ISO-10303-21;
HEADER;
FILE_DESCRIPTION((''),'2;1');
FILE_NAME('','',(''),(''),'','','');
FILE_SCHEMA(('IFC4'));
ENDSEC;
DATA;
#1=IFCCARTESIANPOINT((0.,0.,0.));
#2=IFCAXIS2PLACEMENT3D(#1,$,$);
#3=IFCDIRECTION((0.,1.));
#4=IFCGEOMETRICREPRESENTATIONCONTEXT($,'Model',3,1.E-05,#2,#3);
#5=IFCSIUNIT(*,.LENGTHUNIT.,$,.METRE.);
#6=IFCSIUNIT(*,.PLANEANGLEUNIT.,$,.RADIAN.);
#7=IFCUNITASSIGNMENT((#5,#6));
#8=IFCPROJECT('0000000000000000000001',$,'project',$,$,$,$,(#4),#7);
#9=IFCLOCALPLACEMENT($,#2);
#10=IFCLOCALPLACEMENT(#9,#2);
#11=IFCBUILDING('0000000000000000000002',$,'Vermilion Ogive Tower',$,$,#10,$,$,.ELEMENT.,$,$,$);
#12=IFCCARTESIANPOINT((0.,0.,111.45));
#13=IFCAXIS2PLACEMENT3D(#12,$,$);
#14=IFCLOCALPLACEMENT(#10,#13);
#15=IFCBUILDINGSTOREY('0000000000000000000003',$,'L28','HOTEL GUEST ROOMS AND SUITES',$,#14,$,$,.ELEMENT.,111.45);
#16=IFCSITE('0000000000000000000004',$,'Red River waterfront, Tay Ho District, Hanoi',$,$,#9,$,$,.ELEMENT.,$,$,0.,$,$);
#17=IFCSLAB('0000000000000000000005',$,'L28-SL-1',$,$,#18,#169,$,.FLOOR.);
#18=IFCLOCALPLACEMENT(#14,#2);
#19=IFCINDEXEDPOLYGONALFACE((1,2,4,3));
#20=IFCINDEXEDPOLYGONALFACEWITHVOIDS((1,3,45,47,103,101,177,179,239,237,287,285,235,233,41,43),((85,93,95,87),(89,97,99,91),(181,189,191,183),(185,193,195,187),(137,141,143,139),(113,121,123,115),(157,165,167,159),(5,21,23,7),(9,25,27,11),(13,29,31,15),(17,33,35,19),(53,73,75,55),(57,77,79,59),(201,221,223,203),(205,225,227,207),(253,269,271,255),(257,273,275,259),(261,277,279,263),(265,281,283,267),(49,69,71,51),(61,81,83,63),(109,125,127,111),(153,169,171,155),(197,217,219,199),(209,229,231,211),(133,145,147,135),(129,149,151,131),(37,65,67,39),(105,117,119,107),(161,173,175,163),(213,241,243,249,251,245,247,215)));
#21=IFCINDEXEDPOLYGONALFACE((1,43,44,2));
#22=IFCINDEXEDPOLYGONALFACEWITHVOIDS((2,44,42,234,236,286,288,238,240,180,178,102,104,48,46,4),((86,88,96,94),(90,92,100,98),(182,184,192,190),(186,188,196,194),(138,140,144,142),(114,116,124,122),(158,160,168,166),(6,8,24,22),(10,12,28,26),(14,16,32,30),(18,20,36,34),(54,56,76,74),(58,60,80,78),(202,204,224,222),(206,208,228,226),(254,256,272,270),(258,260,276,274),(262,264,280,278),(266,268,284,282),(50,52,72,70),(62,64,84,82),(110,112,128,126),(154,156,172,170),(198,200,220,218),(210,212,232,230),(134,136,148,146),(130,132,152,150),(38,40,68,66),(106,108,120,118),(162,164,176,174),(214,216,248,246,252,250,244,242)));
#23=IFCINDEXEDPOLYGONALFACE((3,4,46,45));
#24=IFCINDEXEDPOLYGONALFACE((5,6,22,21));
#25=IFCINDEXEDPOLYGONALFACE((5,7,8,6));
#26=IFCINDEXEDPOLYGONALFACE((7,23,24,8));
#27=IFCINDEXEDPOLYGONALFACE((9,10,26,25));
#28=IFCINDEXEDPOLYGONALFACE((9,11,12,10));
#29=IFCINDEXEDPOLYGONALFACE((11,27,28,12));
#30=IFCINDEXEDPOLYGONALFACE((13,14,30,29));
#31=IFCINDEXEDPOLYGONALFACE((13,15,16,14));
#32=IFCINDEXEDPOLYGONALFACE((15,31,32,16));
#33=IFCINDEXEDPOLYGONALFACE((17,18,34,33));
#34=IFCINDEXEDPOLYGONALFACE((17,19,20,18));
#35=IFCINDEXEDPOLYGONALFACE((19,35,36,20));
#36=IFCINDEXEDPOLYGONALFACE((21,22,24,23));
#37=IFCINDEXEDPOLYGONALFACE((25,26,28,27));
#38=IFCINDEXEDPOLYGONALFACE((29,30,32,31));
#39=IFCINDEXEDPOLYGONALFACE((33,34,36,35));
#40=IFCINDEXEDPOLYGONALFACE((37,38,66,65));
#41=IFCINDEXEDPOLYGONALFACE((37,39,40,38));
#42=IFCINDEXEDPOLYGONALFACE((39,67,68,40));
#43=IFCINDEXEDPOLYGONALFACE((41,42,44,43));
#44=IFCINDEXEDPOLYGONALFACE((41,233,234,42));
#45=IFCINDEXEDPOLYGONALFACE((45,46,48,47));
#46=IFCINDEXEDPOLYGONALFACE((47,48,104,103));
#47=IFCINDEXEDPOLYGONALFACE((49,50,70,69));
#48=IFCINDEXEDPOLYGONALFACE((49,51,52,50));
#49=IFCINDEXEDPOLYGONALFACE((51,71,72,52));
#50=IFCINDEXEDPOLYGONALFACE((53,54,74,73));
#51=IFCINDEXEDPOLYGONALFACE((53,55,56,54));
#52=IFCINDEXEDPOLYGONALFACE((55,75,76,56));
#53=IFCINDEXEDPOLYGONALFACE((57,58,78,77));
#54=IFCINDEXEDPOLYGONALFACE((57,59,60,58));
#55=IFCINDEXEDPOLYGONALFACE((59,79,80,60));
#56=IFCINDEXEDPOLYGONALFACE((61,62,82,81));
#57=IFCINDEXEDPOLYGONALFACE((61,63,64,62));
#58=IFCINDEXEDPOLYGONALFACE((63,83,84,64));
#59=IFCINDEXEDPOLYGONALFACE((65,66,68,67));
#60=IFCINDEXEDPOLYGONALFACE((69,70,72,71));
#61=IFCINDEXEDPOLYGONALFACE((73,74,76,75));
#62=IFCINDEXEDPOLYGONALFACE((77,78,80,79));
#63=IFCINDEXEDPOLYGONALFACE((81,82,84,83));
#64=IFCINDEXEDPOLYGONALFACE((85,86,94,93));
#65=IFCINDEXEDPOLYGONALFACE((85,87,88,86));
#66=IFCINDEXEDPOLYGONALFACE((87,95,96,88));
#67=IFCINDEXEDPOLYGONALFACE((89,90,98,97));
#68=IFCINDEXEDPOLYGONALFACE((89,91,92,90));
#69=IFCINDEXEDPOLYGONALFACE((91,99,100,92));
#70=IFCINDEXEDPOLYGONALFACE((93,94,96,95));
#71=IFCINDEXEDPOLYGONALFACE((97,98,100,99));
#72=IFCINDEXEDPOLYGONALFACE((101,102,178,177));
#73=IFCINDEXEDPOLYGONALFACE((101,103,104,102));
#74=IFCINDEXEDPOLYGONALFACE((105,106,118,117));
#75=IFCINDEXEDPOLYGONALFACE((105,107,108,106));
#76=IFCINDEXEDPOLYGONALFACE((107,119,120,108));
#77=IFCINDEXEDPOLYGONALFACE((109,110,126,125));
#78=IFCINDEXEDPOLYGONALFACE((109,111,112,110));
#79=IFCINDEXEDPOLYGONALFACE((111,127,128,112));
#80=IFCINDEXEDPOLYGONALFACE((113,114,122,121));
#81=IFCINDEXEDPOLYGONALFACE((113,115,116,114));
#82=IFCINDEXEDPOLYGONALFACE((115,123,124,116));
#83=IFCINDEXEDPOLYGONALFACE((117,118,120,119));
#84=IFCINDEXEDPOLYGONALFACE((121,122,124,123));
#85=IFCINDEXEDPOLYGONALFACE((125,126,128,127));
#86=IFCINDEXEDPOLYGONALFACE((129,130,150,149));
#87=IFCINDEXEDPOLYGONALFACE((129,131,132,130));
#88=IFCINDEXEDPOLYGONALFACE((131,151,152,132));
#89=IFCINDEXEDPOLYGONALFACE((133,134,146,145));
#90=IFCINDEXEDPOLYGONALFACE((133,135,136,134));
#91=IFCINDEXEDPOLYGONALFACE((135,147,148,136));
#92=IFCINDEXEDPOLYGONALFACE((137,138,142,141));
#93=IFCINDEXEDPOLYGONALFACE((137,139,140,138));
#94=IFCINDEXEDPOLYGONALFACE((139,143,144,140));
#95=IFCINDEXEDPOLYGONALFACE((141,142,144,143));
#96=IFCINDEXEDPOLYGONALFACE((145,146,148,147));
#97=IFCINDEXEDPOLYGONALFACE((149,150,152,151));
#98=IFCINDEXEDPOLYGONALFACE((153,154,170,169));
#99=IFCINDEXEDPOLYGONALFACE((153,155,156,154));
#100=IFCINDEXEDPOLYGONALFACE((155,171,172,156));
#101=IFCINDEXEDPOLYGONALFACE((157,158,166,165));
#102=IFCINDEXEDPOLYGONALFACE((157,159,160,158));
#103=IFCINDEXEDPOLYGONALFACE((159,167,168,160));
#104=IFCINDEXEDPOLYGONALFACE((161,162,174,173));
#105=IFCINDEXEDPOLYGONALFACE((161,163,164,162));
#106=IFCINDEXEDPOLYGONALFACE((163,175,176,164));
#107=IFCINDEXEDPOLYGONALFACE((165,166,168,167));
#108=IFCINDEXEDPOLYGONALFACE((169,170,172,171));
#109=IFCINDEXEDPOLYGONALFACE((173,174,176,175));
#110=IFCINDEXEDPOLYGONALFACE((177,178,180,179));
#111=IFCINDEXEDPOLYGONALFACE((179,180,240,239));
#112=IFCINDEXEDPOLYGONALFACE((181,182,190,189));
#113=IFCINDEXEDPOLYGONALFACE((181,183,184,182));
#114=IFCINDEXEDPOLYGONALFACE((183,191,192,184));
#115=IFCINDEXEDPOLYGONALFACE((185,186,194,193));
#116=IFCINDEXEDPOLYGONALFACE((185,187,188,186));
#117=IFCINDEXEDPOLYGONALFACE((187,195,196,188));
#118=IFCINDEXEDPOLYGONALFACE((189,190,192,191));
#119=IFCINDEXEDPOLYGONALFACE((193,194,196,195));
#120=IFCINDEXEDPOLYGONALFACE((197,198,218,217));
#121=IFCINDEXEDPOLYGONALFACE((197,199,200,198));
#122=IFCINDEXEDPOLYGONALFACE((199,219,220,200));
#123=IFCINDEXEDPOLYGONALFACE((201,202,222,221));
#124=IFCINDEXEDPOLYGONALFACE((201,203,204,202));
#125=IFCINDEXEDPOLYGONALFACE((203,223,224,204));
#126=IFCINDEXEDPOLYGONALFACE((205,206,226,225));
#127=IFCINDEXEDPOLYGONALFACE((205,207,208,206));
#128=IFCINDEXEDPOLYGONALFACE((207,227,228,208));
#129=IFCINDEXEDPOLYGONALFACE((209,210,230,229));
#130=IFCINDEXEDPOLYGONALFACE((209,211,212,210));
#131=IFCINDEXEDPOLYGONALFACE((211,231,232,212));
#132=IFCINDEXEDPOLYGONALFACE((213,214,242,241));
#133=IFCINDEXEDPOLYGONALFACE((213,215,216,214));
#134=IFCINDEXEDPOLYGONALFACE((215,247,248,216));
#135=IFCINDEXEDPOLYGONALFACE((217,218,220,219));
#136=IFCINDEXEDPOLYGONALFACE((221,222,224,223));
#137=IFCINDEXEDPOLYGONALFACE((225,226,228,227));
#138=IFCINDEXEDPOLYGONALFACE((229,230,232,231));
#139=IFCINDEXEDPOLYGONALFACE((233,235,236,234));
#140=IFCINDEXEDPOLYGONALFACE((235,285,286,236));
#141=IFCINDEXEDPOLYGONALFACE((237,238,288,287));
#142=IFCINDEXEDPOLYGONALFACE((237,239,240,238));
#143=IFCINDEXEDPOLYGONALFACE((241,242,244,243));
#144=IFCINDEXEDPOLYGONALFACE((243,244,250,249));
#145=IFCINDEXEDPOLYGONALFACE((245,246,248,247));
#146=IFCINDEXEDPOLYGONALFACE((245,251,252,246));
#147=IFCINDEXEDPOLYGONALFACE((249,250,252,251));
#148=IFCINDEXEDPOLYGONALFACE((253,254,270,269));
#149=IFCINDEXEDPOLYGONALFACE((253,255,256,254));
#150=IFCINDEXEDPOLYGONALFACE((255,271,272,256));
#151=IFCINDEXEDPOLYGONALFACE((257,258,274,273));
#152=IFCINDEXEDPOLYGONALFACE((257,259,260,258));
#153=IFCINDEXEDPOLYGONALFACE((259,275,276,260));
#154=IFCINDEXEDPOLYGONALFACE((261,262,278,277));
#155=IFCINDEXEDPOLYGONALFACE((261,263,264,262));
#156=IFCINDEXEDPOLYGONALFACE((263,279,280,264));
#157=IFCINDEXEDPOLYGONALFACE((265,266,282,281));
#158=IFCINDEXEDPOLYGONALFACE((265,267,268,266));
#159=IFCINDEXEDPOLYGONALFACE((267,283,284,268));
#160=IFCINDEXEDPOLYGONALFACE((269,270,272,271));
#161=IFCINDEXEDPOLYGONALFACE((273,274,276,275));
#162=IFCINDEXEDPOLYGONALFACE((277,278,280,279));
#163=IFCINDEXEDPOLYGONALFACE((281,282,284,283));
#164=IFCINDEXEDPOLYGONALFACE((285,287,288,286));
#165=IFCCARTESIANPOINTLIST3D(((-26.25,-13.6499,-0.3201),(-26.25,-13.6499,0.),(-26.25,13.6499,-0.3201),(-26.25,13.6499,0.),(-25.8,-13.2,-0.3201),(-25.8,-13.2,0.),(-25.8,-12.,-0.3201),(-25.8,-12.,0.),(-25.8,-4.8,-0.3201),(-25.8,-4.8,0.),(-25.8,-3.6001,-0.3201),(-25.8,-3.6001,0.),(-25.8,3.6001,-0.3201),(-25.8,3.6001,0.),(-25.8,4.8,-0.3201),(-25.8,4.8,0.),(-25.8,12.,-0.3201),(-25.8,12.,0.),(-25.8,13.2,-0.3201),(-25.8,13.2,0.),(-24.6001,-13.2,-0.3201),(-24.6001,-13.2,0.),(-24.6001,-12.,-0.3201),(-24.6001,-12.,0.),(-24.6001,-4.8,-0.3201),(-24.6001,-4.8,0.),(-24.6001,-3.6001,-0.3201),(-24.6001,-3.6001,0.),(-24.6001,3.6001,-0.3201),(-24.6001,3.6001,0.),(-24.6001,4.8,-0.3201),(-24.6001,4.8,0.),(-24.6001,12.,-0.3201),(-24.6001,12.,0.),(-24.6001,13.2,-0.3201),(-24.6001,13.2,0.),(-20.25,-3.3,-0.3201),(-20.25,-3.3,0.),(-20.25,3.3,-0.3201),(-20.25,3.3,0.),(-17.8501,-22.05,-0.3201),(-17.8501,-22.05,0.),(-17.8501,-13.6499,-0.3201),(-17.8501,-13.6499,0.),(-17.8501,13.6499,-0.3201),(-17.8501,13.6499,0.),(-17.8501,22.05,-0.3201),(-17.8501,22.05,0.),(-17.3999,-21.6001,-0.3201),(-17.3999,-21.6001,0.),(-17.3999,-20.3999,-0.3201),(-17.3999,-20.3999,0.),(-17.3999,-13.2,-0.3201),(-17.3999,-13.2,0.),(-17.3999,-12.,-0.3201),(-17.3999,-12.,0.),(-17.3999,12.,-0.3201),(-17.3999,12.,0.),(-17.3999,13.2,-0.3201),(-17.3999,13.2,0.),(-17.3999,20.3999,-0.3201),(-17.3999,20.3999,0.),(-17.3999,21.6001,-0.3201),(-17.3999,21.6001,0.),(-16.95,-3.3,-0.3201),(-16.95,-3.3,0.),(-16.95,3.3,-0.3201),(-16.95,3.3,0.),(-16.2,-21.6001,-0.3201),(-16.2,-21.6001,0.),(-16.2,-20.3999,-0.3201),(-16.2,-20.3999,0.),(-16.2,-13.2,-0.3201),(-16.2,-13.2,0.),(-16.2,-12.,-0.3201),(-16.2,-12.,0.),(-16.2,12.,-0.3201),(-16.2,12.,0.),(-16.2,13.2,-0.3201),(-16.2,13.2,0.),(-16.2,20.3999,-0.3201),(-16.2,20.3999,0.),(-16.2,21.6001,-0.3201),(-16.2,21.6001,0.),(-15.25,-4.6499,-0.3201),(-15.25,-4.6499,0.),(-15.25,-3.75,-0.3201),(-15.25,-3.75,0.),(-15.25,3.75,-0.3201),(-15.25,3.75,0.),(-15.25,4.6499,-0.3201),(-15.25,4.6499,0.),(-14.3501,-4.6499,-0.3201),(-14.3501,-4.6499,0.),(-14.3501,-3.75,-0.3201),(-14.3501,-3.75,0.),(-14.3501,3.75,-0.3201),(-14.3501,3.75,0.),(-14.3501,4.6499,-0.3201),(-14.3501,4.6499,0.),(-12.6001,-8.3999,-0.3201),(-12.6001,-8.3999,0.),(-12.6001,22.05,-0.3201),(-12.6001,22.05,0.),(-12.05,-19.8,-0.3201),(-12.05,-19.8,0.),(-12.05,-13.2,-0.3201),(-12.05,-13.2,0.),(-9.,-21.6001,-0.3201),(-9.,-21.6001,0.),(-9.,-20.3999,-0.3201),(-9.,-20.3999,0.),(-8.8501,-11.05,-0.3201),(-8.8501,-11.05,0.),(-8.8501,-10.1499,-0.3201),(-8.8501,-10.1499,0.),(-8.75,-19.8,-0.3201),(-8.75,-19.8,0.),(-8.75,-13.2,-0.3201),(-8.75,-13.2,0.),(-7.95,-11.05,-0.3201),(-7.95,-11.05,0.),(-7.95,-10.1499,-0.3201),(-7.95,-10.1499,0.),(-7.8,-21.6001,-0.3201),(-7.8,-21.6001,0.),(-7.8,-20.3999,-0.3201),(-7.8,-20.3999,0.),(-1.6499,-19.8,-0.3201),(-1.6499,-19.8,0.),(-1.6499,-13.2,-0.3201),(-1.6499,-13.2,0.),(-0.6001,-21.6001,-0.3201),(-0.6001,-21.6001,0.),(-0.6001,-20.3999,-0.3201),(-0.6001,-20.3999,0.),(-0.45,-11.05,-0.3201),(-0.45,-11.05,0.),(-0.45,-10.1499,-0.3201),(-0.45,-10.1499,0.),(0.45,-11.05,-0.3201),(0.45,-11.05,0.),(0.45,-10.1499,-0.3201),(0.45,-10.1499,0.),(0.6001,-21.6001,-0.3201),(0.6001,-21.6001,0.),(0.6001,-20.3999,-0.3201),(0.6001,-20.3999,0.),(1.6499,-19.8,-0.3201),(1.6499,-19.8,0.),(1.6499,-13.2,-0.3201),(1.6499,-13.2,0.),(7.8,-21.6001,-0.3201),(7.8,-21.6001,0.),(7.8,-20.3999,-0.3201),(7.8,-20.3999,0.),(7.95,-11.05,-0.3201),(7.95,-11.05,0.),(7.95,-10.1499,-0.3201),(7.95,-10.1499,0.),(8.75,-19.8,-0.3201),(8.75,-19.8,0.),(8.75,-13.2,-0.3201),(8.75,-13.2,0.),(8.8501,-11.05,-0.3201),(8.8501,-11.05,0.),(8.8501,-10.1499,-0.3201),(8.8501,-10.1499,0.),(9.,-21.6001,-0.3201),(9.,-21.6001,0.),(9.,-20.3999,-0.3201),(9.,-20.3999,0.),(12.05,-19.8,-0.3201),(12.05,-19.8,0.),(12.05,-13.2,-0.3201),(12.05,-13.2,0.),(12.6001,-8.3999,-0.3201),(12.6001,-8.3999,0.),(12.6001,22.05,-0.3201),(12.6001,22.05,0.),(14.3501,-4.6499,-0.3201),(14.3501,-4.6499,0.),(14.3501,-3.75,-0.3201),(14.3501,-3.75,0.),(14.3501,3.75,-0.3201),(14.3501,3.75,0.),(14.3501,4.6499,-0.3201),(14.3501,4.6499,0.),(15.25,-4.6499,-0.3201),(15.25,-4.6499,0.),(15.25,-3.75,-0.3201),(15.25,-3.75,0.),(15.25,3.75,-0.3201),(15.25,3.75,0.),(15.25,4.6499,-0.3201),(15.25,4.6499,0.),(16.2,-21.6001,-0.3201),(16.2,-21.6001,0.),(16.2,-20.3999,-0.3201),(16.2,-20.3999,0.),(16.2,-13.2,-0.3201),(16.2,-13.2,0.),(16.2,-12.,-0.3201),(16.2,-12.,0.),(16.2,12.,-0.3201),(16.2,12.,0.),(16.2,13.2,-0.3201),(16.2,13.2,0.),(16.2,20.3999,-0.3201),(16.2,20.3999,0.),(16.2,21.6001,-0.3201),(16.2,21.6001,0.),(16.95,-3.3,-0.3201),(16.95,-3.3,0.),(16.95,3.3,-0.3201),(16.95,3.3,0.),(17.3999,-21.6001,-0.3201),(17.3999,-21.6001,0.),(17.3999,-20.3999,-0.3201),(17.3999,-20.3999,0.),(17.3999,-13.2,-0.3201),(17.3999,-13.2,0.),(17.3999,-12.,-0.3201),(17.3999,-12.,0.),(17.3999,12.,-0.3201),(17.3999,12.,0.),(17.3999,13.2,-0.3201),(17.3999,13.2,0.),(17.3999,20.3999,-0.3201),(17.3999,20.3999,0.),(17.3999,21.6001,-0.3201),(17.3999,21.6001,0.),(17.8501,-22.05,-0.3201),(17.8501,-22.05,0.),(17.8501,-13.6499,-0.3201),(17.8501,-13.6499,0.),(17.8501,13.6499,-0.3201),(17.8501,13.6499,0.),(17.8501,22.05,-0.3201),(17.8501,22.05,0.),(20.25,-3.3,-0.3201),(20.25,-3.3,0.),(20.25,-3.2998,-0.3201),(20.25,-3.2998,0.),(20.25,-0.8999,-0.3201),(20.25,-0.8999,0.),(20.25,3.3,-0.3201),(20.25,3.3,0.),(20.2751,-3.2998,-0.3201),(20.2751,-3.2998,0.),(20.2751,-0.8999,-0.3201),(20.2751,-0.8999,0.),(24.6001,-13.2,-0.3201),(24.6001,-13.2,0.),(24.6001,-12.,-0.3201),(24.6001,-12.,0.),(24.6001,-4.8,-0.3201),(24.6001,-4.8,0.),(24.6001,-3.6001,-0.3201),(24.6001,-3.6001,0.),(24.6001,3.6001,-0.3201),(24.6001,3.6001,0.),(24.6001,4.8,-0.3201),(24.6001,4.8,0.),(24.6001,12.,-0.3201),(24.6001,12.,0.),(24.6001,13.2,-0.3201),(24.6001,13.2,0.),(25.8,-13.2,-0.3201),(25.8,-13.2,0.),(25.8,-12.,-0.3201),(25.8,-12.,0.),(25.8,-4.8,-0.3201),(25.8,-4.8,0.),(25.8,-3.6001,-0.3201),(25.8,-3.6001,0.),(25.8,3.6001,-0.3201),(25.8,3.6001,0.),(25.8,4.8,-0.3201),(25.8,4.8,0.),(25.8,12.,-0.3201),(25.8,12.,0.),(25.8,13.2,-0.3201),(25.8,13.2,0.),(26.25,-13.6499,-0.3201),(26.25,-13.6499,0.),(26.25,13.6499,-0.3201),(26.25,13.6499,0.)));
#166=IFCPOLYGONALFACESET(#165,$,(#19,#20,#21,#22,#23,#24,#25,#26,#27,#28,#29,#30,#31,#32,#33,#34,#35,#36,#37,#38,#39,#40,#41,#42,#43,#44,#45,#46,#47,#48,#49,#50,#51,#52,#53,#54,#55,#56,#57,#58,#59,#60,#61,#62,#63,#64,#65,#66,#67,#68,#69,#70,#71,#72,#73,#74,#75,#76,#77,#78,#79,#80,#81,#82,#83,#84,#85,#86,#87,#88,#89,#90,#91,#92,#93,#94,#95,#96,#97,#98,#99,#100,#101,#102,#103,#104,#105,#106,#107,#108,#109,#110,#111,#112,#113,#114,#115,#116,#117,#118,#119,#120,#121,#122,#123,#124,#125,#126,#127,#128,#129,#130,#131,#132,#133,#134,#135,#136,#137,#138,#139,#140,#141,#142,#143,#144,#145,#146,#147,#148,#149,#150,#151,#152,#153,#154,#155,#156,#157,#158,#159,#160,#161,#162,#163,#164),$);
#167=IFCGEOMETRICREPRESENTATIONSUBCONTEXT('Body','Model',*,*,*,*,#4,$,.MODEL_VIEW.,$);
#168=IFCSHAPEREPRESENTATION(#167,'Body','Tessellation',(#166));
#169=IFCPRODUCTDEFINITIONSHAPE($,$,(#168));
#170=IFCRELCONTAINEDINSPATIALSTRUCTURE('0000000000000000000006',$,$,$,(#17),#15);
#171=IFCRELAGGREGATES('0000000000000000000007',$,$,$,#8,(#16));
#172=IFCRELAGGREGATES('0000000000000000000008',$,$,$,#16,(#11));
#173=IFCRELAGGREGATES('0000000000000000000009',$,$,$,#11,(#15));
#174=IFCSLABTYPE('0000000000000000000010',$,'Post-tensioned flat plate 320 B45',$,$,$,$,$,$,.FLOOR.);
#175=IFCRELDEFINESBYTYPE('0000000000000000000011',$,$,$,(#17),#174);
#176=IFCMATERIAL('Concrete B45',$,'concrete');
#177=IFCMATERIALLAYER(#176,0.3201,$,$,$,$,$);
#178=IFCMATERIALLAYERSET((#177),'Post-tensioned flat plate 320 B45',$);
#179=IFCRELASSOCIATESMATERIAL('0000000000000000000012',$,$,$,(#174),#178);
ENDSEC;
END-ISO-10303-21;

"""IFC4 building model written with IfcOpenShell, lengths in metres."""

from ifc_helpers import new_model, si_unit, direction, frame, origin, place, context, subcontext, project, spatial, polyline, outline, extrude, material, layer, layer_set, type_object, element, save


model = new_model("IFC4")

# Units and contexts
model_context = context("Model", 3, precision=1e-05, world=origin(), true_north=direction((0.0, 1.0)))
body_context = subcontext(model_context, "Body", "Model", "MODEL_VIEW")
ifc_project = project(units=[si_unit("LENGTHUNIT", "METRE"), si_unit("PLANEANGLEUNIT", "RADIAN")], contexts=[model_context])

# Site, building, storey
site_placement = place(None, origin())
site = spatial("IfcSite", under=ifc_project, at=site_placement, Name="Red River waterfront, Tay Ho District, Hanoi", CompositionType="ELEMENT", RefElevation=0.0)
building_placement = place(site_placement, origin())
building = spatial("IfcBuilding", under=site, at=building_placement, Name="Vermilion Ogive Tower", CompositionType="ELEMENT")
storey_placement = place(building_placement, frame((0.0, 0.0, 111.45)))
storey = spatial("IfcBuildingStorey", under=building, at=storey_placement, Name="L28", Description="HOTEL GUEST ROOMS AND SUITES", CompositionType="ELEMENT", Elevation=111.45)

# Slab
ifc_material_1 = material(Name="Concrete B45", Category="concrete")
ifc_layer_1 = layer(ifc_material_1, 0.3201)
ifc_layer_set_1 = layer_set([ifc_layer_1], Name="Post-tensioned flat plate 320 B45")
slab_type_1 = type_object("IfcSlabType", Name="Post-tensioned flat plate 320 B45", PredefinedType="FLOOR", material=ifc_layer_set_1)
slab_1_placement = place(storey_placement, frame((0.0, 0.0, -0.3201)))
element("IfcSlab", 1, at=slab_1_placement, inside=storey, type_object=slab_type_1, Name="L28-SL-1", PredefinedType="FLOOR", context=body_context, shape_type="SweptSolid", body=[
    extrude(outline(polyline([(-26.25, -13.6499), (-17.8501, -13.6499), (-17.8501, -22.05), (17.8501, -22.05), (17.8501, -13.6499), (26.25, -13.6499), (26.25, 13.6499), (17.8501, 13.6499), (17.8501, 22.05), (12.6001, 22.05), (12.6001, -8.3999), (-12.6001, -8.3999), (-12.6001, 22.05), (-17.8501, 22.05), (-17.8501, 13.6499), (-26.25, 13.6499), (-26.25, -13.6499)]), holes=[polyline([(25.8, -3.6001), (25.8, -4.8), (24.6001, -4.8), (24.6001, -3.6001), (25.8, -3.6001)]), polyline([(25.8, -12.0), (25.8, -13.2), (24.6001, -13.2), (24.6001, -12.0), (25.8, -12.0)]), polyline([(25.8, 12.0), (24.6001, 12.0), (24.6001, 13.2), (25.8, 13.2), (25.8, 12.0)]), polyline([(25.8, 3.6001), (24.6001, 3.6001), (24.6001, 4.8), (25.8, 4.8), (25.8, 3.6001)]), polyline([(20.25, -3.2998), (20.25, -3.3), (16.95, -3.3), (16.95, 3.3), (20.25, 3.3), (20.25, -0.8999), (20.2751, -0.8999), (20.2751, -3.2998), (20.25, -3.2998)]), polyline([(17.3999, -12.0), (17.3999, -13.2), (16.2, -13.2), (16.2, -12.0), (17.3999, -12.0)]), polyline([(17.3999, 20.3999), (16.2, 20.3999), (16.2, 21.6001), (17.3999, 21.6001), (17.3999, 20.3999)]), polyline([(17.3999, -20.3999), (17.3999, -21.6001), (16.2, -21.6001), (16.2, -20.3999), (17.3999, -20.3999)]), polyline([(17.3999, 13.2), (17.3999, 12.0), (16.2, 12.0), (16.2, 13.2), (17.3999, 13.2)]), polyline([(15.25, 4.6499), (15.25, 3.75), (14.3501, 3.75), (14.3501, 4.6499), (15.25, 4.6499)]), polyline([(15.25, -4.6499), (14.3501, -4.6499), (14.3501, -3.75), (15.25, -3.75), (15.25, -4.6499)]), polyline([(12.05, -13.2), (12.05, -19.8), (8.75, -19.8), (8.75, -13.2), (12.05, -13.2)]), polyline([(9.0, -20.3999), (9.0, -21.6001), (7.8, -21.6001), (7.8, -20.3999), (9.0, -20.3999)]), polyline([(8.8501, -11.05), (7.95, -11.05), (7.95, -10.1499), (8.8501, -10.1499), (8.8501, -11.05)]), polyline([(1.6499, -13.2), (1.6499, -19.8), (-1.6499, -19.8), (-1.6499, -13.2), (1.6499, -13.2)]), polyline([(0.6001, -20.3999), (0.6001, -21.6001), (-0.6001, -21.6001), (-0.6001, -20.3999), (0.6001, -20.3999)]), polyline([(0.45, -10.1499), (0.45, -11.05), (-0.45, -11.05), (-0.45, -10.1499), (0.45, -10.1499)]), polyline([(-7.8, -20.3999), (-7.8, -21.6001), (-9.0, -21.6001), (-9.0, -20.3999), (-7.8, -20.3999)]), polyline([(-7.95, -10.1499), (-7.95, -11.05), (-8.8501, -11.05), (-8.8501, -10.1499), (-7.95, -10.1499)]), polyline([(-8.75, -13.2), (-8.75, -19.8), (-12.05, -19.8), (-12.05, -13.2), (-8.75, -13.2)]), polyline([(-14.3501, 4.6499), (-14.3501, 3.75), (-15.25, 3.75), (-15.25, 4.6499), (-14.3501, 4.6499)]), polyline([(-14.3501, -4.6499), (-15.25, -4.6499), (-15.25, -3.75), (-14.3501, -3.75), (-14.3501, -4.6499)]), polyline([(-16.2, 13.2), (-16.2, 12.0), (-17.3999, 12.0), (-17.3999, 13.2), (-16.2, 13.2)]), polyline([(-16.2, -12.0), (-16.2, -13.2), (-17.3999, -13.2), (-17.3999, -12.0), (-16.2, -12.0)]), polyline([(-16.2, -20.3999), (-16.2, -21.6001), (-17.3999, -21.6001), (-17.3999, -20.3999), (-16.2, -20.3999)]), polyline([(-16.2, 20.3999), (-17.3999, 20.3999), (-17.3999, 21.6001), (-16.2, 21.6001), (-16.2, 20.3999)]), polyline([(-16.95, 3.3), (-16.95, -3.3), (-20.25, -3.3), (-20.25, 3.3), (-16.95, 3.3)]), polyline([(-24.6001, 3.6001), (-25.8, 3.6001), (-25.8, 4.8), (-24.6001, 4.8), (-24.6001, 3.6001)]), polyline([(-24.6001, 13.2), (-24.6001, 12.0), (-25.8, 12.0), (-25.8, 13.2), (-24.6001, 13.2)]), polyline([(-24.6001, -3.6001), (-24.6001, -4.8), (-25.8, -4.8), (-25.8, -3.6001), (-24.6001, -3.6001)]), polyline([(-24.6001, -12.0), (-24.6001, -13.2), (-25.8, -13.2), (-25.8, -12.0), (-24.6001, -12.0)])]), origin(), (0.0, 0.0, 1.0), 0.3201),
])

save(model, "model.ifc")
